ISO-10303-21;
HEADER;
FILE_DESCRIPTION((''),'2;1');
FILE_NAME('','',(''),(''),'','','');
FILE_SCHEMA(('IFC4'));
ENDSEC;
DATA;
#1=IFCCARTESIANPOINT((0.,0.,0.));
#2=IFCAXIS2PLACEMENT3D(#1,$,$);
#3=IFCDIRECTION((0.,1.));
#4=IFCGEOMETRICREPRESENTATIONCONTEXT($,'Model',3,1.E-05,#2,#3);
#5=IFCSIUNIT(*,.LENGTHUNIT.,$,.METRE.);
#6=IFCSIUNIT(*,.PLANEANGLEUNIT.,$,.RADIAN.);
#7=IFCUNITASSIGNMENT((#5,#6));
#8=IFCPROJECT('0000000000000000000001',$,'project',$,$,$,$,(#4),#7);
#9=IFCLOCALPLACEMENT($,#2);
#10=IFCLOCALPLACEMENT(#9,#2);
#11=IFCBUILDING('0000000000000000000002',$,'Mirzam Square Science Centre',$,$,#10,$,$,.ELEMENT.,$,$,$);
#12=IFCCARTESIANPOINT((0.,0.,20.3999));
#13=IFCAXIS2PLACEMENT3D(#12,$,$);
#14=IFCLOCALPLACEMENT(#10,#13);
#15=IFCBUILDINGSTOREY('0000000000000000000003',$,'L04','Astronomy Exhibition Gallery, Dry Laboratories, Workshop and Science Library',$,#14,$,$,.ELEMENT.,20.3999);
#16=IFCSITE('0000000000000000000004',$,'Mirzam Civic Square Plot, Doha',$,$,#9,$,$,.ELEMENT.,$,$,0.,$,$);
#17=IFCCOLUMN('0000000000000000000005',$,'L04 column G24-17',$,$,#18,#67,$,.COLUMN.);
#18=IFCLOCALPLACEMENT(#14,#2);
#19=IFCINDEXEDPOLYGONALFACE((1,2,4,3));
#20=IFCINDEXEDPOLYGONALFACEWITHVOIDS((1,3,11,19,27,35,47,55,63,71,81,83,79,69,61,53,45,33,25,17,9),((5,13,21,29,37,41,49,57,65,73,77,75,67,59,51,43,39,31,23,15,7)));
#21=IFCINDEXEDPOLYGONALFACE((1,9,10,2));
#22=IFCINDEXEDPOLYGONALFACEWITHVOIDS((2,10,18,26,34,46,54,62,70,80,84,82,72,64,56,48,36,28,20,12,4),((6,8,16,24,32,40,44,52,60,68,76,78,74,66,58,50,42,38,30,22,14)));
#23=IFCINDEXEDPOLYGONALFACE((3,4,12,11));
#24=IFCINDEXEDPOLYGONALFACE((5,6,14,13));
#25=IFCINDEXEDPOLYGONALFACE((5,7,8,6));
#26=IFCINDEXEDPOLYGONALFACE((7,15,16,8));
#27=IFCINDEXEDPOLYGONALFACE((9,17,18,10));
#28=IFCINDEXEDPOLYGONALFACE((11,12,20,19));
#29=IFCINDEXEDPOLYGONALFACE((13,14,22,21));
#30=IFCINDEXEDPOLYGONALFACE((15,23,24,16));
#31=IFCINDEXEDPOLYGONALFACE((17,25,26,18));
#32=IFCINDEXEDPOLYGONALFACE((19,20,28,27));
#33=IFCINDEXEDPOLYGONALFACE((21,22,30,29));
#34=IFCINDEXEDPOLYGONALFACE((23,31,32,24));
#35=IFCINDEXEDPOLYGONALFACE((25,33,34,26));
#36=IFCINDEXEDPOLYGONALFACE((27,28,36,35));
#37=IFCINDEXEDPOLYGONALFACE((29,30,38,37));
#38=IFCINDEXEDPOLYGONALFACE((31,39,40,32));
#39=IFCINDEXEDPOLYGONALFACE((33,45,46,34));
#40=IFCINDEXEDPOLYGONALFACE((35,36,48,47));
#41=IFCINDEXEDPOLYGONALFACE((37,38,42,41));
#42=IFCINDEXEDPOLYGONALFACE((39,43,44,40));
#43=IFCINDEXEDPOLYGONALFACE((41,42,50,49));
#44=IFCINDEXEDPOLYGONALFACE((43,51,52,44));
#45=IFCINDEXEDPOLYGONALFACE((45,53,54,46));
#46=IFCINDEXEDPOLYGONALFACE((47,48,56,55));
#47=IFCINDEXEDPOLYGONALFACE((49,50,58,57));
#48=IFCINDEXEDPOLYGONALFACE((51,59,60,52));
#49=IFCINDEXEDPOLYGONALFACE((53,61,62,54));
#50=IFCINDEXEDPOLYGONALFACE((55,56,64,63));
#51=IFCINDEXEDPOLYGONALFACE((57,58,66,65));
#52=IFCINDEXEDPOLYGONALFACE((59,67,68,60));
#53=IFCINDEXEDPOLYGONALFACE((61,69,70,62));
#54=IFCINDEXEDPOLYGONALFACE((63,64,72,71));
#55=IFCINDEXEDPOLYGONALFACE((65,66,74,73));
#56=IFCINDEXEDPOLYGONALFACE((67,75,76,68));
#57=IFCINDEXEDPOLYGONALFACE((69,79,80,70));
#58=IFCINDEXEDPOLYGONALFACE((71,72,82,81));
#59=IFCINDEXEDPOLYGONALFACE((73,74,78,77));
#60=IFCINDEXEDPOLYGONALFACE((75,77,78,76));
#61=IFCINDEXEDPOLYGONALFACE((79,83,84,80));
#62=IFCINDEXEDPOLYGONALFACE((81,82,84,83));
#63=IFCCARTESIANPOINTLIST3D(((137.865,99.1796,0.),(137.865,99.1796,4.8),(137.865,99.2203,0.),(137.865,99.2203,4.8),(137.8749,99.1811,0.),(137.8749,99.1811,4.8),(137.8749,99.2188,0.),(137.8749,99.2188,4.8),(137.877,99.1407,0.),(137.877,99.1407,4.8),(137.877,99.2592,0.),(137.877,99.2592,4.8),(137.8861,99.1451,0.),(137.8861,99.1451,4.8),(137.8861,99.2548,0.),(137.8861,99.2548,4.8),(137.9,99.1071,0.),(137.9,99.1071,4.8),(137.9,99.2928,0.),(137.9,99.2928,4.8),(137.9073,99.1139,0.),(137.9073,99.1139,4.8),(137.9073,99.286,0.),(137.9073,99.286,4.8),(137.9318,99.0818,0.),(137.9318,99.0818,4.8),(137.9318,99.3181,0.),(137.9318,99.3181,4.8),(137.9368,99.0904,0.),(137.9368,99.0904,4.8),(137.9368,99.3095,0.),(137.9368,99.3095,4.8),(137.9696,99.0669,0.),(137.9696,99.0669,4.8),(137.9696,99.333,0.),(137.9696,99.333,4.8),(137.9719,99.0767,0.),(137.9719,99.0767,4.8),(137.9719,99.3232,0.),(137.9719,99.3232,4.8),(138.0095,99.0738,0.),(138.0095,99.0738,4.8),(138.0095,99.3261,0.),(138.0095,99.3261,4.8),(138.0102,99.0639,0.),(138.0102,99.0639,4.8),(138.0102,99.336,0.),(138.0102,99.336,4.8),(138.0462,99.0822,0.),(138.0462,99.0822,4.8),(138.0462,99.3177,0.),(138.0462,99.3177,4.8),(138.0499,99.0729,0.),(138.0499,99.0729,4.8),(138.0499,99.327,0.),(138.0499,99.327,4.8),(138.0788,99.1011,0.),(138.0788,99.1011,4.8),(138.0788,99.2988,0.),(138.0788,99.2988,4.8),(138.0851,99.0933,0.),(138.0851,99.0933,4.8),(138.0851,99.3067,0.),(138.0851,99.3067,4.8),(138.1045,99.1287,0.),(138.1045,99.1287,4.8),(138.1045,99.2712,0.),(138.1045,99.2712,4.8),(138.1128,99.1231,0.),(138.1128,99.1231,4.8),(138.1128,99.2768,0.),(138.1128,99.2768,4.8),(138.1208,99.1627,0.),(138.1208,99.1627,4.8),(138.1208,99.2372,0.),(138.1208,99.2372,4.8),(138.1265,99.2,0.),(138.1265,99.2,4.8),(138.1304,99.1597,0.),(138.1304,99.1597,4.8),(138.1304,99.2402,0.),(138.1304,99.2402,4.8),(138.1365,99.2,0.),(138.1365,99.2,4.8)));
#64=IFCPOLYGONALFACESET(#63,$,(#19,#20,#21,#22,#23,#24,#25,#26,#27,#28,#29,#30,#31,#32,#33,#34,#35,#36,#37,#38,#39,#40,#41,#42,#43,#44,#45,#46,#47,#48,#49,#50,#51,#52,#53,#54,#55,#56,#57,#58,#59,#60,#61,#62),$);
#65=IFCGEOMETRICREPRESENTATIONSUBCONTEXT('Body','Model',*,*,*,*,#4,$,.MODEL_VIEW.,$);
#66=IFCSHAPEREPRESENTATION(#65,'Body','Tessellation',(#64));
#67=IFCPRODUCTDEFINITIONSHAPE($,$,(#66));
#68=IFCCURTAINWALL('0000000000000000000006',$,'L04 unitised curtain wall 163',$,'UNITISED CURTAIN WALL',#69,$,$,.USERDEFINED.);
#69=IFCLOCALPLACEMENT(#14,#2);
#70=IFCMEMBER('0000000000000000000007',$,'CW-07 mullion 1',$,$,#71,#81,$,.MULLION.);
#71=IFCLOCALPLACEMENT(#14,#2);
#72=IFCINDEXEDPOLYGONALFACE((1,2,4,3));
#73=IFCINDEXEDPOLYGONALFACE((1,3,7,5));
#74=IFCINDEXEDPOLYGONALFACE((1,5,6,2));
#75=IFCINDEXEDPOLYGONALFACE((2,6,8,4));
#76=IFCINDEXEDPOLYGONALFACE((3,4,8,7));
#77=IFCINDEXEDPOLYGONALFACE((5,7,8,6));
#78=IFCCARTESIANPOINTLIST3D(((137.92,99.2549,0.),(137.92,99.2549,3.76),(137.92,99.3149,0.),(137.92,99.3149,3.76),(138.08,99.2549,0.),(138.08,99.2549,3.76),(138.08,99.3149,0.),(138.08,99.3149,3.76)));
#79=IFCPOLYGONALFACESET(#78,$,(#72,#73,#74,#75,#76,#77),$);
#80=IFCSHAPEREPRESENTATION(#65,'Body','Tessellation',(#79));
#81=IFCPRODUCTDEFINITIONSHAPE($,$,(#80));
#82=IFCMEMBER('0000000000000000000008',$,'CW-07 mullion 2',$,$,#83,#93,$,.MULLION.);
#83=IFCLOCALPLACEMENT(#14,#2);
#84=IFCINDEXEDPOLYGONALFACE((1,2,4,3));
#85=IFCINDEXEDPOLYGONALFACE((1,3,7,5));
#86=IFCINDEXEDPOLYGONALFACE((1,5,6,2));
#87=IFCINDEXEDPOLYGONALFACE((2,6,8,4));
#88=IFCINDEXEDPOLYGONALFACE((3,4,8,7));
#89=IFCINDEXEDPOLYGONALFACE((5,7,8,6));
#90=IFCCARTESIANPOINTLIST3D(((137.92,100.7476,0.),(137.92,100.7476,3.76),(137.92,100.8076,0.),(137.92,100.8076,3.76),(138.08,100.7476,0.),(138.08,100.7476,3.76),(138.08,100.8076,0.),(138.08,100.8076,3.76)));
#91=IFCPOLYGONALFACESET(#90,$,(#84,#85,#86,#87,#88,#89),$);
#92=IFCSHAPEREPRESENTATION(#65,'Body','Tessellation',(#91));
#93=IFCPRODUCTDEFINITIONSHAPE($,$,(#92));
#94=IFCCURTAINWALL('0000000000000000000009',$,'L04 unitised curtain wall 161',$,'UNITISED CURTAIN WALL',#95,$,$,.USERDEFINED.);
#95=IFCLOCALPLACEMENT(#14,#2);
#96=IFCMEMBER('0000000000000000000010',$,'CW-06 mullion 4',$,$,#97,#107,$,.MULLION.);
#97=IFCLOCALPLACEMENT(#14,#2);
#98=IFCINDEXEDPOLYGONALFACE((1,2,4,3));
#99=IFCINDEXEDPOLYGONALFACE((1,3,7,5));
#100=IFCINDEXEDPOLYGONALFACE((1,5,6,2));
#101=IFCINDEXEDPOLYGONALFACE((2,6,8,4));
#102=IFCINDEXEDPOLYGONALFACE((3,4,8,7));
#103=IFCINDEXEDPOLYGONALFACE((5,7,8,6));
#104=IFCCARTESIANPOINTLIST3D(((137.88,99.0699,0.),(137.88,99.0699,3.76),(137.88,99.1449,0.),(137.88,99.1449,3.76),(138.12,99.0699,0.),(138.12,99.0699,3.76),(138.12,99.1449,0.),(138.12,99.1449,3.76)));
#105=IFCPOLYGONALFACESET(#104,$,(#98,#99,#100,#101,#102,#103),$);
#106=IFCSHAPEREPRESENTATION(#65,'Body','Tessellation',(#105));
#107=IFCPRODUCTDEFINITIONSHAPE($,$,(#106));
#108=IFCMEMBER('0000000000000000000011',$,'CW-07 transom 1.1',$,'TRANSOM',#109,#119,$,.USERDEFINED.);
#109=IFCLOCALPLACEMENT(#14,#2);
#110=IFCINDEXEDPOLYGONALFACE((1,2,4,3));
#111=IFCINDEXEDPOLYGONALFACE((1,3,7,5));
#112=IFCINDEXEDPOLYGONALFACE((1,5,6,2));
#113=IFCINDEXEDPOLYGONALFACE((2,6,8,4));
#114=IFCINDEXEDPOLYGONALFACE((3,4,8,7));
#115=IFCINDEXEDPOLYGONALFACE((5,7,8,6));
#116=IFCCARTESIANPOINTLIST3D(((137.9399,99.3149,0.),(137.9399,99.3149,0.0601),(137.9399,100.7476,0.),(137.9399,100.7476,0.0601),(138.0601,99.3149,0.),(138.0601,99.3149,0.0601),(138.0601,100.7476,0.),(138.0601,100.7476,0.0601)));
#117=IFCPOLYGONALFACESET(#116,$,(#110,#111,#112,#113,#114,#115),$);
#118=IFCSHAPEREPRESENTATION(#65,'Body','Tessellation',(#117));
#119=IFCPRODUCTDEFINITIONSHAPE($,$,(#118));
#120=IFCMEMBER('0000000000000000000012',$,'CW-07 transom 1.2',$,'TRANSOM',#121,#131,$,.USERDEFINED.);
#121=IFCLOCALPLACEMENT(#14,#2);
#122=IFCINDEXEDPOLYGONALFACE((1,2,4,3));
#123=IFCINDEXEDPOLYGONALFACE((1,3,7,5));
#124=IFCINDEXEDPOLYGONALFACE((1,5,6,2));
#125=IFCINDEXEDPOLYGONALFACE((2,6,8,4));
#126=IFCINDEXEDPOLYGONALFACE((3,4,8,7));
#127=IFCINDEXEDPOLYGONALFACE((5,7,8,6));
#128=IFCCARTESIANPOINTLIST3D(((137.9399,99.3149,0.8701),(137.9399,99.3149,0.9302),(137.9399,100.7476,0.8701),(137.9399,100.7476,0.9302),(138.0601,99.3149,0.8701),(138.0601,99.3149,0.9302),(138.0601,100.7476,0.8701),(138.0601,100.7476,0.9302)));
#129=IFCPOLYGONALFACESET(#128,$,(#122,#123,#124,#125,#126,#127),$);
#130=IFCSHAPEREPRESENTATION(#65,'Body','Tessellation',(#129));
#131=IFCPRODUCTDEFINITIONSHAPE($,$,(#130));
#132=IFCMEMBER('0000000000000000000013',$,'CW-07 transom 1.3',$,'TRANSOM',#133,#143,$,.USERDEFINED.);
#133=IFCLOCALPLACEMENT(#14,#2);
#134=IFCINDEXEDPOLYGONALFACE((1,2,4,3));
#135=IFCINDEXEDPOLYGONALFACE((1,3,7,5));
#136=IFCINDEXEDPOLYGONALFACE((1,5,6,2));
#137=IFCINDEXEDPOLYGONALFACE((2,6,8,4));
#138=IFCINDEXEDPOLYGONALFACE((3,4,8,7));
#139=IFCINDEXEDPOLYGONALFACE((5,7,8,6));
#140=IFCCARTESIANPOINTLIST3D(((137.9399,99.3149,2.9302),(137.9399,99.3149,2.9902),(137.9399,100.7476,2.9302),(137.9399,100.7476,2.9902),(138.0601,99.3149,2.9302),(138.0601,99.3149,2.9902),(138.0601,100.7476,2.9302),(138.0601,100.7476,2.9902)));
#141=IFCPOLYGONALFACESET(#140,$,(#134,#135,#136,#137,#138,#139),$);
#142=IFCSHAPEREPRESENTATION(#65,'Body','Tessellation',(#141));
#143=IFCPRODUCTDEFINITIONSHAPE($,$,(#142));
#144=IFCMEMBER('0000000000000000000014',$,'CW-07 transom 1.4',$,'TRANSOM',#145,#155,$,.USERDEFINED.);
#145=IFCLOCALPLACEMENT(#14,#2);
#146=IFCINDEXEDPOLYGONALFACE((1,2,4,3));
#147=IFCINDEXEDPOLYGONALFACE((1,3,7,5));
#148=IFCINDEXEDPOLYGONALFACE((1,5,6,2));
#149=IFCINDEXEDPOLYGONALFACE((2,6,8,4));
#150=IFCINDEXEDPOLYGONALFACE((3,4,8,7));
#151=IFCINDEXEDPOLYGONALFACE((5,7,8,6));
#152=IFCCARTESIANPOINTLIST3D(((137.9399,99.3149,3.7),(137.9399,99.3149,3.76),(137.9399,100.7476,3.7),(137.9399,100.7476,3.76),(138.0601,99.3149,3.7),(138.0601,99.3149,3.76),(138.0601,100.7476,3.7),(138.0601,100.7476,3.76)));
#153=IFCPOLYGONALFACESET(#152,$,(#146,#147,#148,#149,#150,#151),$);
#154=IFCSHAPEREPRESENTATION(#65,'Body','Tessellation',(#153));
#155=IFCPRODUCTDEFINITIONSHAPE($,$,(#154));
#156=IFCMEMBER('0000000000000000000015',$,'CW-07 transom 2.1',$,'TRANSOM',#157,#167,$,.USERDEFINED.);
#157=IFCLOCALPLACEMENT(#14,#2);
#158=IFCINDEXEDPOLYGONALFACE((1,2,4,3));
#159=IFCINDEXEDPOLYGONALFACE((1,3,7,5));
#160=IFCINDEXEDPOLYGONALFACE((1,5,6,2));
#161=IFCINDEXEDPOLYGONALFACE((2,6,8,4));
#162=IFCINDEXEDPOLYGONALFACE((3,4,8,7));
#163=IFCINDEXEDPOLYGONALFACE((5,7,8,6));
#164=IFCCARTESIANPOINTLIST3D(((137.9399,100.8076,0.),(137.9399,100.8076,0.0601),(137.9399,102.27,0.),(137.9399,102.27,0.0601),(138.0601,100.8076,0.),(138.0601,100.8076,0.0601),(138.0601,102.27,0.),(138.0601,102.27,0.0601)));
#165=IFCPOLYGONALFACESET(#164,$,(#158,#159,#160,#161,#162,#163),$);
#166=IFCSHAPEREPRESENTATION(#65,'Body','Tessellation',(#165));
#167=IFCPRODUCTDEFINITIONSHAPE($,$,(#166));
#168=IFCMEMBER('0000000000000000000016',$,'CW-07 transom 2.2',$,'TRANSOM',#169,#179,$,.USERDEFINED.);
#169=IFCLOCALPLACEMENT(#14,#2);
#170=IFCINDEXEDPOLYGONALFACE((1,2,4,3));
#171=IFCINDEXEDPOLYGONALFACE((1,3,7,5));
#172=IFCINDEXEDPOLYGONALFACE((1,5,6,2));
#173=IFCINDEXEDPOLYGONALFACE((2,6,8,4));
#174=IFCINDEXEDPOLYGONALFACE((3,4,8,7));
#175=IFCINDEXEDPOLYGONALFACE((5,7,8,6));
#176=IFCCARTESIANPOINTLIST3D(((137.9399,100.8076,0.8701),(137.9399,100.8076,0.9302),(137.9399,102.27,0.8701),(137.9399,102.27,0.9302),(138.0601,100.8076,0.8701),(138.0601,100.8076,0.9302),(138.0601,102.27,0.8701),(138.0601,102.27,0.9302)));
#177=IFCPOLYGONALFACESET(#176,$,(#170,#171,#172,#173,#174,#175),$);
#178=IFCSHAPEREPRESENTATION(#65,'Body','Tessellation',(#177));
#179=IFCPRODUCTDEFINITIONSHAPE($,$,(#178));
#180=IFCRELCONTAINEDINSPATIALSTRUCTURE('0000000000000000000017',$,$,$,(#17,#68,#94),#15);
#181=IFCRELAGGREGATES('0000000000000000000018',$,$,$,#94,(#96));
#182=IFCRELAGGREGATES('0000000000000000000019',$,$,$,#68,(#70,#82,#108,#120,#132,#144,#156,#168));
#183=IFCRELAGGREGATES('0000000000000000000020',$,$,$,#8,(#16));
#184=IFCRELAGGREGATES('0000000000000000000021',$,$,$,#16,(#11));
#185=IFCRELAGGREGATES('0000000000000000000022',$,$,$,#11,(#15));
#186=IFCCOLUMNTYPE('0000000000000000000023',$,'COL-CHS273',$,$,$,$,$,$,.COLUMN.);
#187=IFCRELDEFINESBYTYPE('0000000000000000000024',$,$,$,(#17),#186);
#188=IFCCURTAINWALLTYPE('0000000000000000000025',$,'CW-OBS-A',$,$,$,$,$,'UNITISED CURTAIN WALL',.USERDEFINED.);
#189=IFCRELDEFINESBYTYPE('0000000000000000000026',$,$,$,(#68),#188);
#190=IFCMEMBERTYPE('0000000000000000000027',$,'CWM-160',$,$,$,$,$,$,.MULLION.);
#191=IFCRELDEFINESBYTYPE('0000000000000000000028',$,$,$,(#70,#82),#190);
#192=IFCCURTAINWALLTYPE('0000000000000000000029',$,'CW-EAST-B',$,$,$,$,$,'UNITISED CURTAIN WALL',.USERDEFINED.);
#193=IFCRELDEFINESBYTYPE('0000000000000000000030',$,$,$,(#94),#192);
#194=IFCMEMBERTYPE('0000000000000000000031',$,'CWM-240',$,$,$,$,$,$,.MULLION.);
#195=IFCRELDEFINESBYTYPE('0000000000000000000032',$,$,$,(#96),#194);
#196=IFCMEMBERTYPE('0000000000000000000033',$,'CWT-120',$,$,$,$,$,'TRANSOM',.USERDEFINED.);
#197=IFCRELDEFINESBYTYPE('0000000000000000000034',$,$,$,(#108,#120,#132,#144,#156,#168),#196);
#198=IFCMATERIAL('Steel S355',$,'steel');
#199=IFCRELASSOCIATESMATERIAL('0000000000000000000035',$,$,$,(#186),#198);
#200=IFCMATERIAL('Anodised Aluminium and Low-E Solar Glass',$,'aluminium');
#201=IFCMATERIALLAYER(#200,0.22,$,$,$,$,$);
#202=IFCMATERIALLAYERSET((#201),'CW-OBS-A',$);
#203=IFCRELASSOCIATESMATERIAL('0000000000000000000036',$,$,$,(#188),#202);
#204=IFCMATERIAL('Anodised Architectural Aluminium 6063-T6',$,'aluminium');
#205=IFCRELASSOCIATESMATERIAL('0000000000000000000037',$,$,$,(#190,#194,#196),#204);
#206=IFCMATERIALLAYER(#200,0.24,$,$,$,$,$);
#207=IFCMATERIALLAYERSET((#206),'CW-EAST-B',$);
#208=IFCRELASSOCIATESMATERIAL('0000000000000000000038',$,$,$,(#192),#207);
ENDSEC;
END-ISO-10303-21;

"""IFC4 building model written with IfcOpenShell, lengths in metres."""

from ifc_helpers import new_model, si_unit, direction, frame, origin, origin_2d, place, context, subcontext, project, spatial, rectangle, hollow_circle, extrude, material, layer, layer_set, material_profile, profile_set, type_object, element, aggregate, save


model = new_model("IFC4")

# Units and contexts
model_context = context("Model", 3, precision=1e-05, world=origin(), true_north=direction((0.0, 1.0)))
body_context = subcontext(model_context, "Body", "Model", "MODEL_VIEW")
ifc_project = project(units=[si_unit("LENGTHUNIT", "METRE"), si_unit("PLANEANGLEUNIT", "RADIAN")], contexts=[model_context])

# Site, building, storey
site_placement = place(None, origin())
site = spatial("IfcSite", under=ifc_project, at=site_placement, Name="Mirzam Civic Square Plot, Doha", CompositionType="ELEMENT", RefElevation=0.0)
building_placement = place(site_placement, origin())
building = spatial("IfcBuilding", under=site, at=building_placement, Name="Mirzam Square Science Centre", CompositionType="ELEMENT")
storey_placement = place(building_placement, frame((0.0, 0.0, 20.3999)))
storey = spatial("IfcBuildingStorey", under=building, at=storey_placement, Name="L04", Description="Astronomy Exhibition Gallery, Dry Laboratories, Workshop and Science Library", CompositionType="ELEMENT", Elevation=20.3999)

# Column
ifc_material_1 = material(Name="Steel S355", Category="steel")
ifc_material_profile_1 = material_profile(ifc_material_1, hollow_circle(Radius=0.1365, WallThickness=0.01, at=origin_2d()), Name="273.0x10.0CHS")
ifc_profile_set_1 = profile_set([ifc_material_profile_1], Name="Steel S355")
column_type = type_object("IfcColumnType", Name="COL-CHS273", PredefinedType="COLUMN", material=ifc_profile_set_1)
column_placement = place(storey_placement, frame((138.0, 99.2, 0.0), z_axis=(0.0, 0.0, 1.0), x_axis=(1.0, 0.0, 0.0)))
element("IfcColumn", 1, at=column_placement, inside=storey, type_object=column_type, Name="L04 column G24-17", PredefinedType="COLUMN", context=body_context, shape_type="SweptSolid", body=[
    extrude(hollow_circle(Radius=0.1365, WallThickness=0.01, at=origin_2d()), origin(), (0.0, 0.0, 1.0), 4.8),
])

# Curtain wall, members
ifc_material_2 = material(Name="Anodised Aluminium and Low-E Solar Glass", Category="aluminium")
ifc_layer_1 = layer(ifc_material_2, 0.22)
ifc_layer_set_1 = layer_set([ifc_layer_1], Name="CW-OBS-A")
curtain_wall_type_1 = type_object("IfcCurtainWallType", Name="CW-OBS-A", ElementType="UNITISED CURTAIN WALL", PredefinedType="USERDEFINED", material=ifc_layer_set_1)
curtain_wall_1_placement = place(storey_placement, origin())
curtain_wall_1 = element("IfcCurtainWall", 2, at=curtain_wall_1_placement, inside=storey, type_object=curtain_wall_type_1, Name="L04 unitised curtain wall 163", ObjectType="UNITISED CURTAIN WALL", PredefinedType="USERDEFINED")
ifc_material_3 = material(Name="Anodised Architectural Aluminium 6063-T6", Category="aluminium")
ifc_material_profile_2 = material_profile(ifc_material_3, rectangle(XDim=0.0601, YDim=0.1599, at=origin_2d()), Name="ALU-MULL-160x60x4")
ifc_profile_set_2 = profile_set([ifc_material_profile_2], Name="Anodised Architectural Aluminium 6063-T6")
member_type_1 = type_object("IfcMemberType", Name="CWM-160", PredefinedType="MULLION", material=ifc_profile_set_2)
member_1_placement = place(storey_placement, frame((138.0, 99.2849, 0.0), z_axis=(0.0, 0.0, 1.0), x_axis=(0.0, 1.0, 0.0)))
member_1 = element("IfcMember", 3, at=member_1_placement, type_object=member_type_1, Name="CW-07 mullion 1", PredefinedType="MULLION", context=body_context, shape_type="SweptSolid", body=[
    extrude(rectangle(XDim=0.0601, YDim=0.1599, at=origin_2d()), origin(), (0.0, 0.0, 1.0), 3.76),
])
member_2_placement = place(storey_placement, frame((138.0, 100.7776, 0.0), z_axis=(0.0, 0.0, 1.0), x_axis=(0.0, 1.0, 0.0)))
member_2 = element("IfcMember", 4, at=member_2_placement, type_object=member_type_1, Name="CW-07 mullion 2", PredefinedType="MULLION", context=body_context, shape_type="SweptSolid", body=[
    extrude(rectangle(XDim=0.0601, YDim=0.1599, at=origin_2d()), origin(), (0.0, 0.0, 1.0), 3.76),
])

# Curtain wall, member
ifc_layer_2 = layer(ifc_material_2, 0.24)
ifc_layer_set_2 = layer_set([ifc_layer_2], Name="CW-EAST-B")
curtain_wall_type_2 = type_object("IfcCurtainWallType", Name="CW-EAST-B", ElementType="UNITISED CURTAIN WALL", PredefinedType="USERDEFINED", material=ifc_layer_set_2)
curtain_wall_2_placement = place(storey_placement, origin())
curtain_wall_2 = element("IfcCurtainWall", 5, at=curtain_wall_2_placement, inside=storey, type_object=curtain_wall_type_2, Name="L04 unitised curtain wall 161", ObjectType="UNITISED CURTAIN WALL", PredefinedType="USERDEFINED")
ifc_material_profile_3 = material_profile(ifc_material_3, rectangle(XDim=0.075, YDim=0.24, at=origin_2d()), Name="ALU-MULL-240x75x5")
ifc_profile_set_3 = profile_set([ifc_material_profile_3], Name="Anodised Architectural Aluminium 6063-T6")
member_type_2 = type_object("IfcMemberType", Name="CWM-240", PredefinedType="MULLION", material=ifc_profile_set_3)
member_3_placement = place(storey_placement, frame((138.0, 99.1074, 0.0), z_axis=(0.0, 0.0, 1.0), x_axis=(0.0, 1.0, 0.0)))
member_3 = element("IfcMember", 6, at=member_3_placement, type_object=member_type_2, Name="CW-06 mullion 4", PredefinedType="MULLION", context=body_context, shape_type="SweptSolid", body=[
    extrude(rectangle(XDim=0.075, YDim=0.24, at=origin_2d()), origin(), (0.0, 0.0, 1.0), 3.76),
])
aggregate(curtain_wall_2, [member_3])

# Members
ifc_material_profile_4 = material_profile(ifc_material_3, rectangle(XDim=0.1201, YDim=0.0601, at=origin_2d()), Name="ALU-TRAN-120x60x4")
ifc_profile_set_4 = profile_set([ifc_material_profile_4], Name="Anodised Architectural Aluminium 6063-T6")
member_type_3 = type_object("IfcMemberType", Name="CWT-120", ElementType="TRANSOM", PredefinedType="USERDEFINED", material=ifc_profile_set_4)
member_4_placement = place(storey_placement, frame((138.0, 99.3149, 0.03), z_axis=(0.0, 1.0, 0.0), x_axis=(-1.0, 0.0, 0.0)))
member_4 = element("IfcMember", 7, at=member_4_placement, type_object=member_type_3, Name="CW-07 transom 1.1", ObjectType="TRANSOM", PredefinedType="USERDEFINED", context=body_context, shape_type="SweptSolid", body=[
    extrude(rectangle(XDim=0.1201, YDim=0.0601, at=origin_2d()), origin(), (0.0, 0.0, 1.0), 1.4326),
])
member_5_placement = place(storey_placement, frame((138.0, 99.3149, 0.9001), z_axis=(0.0, 1.0, 0.0), x_axis=(-1.0, 0.0, 0.0)))
member_5 = element("IfcMember", 8, at=member_5_placement, type_object=member_type_3, Name="CW-07 transom 1.2", ObjectType="TRANSOM", PredefinedType="USERDEFINED", context=body_context, shape_type="SweptSolid", body=[
    extrude(rectangle(XDim=0.1201, YDim=0.0601, at=origin_2d()), origin(), (0.0, 0.0, 1.0), 1.4326),
])
member_6_placement = place(storey_placement, frame((138.0, 99.3149, 2.9602), z_axis=(0.0, 1.0, 0.0), x_axis=(-1.0, 0.0, 0.0)))
member_6 = element("IfcMember", 9, at=member_6_placement, type_object=member_type_3, Name="CW-07 transom 1.3", ObjectType="TRANSOM", PredefinedType="USERDEFINED", context=body_context, shape_type="SweptSolid", body=[
    extrude(rectangle(XDim=0.1201, YDim=0.0601, at=origin_2d()), origin(), (0.0, 0.0, 1.0), 1.4326),
])
member_7_placement = place(storey_placement, frame((138.0, 99.3149, 3.73), z_axis=(0.0, 1.0, 0.0), x_axis=(-1.0, 0.0, 0.0)))
member_7 = element("IfcMember", 10, at=member_7_placement, type_object=member_type_3, Name="CW-07 transom 1.4", ObjectType="TRANSOM", PredefinedType="USERDEFINED", context=body_context, shape_type="SweptSolid", body=[
    extrude(rectangle(XDim=0.1201, YDim=0.0601, at=origin_2d()), origin(), (0.0, 0.0, 1.0), 1.4326),
])
member_8_placement = place(storey_placement, frame((138.0, 100.8076, 0.03), z_axis=(0.0, 1.0, 0.0), x_axis=(-1.0, 0.0, 0.0)))
member_8 = element("IfcMember", 11, at=member_8_placement, type_object=member_type_3, Name="CW-07 transom 2.1", ObjectType="TRANSOM", PredefinedType="USERDEFINED", context=body_context, shape_type="SweptSolid", body=[
    extrude(rectangle(XDim=0.1201, YDim=0.0601, at=origin_2d()), origin(), (0.0, 0.0, 1.0), 1.4624),
])
member_9_placement = place(storey_placement, frame((138.0, 100.8076, 0.9001), z_axis=(0.0, 1.0, 0.0), x_axis=(-1.0, 0.0, 0.0)))
member_9 = element("IfcMember", 12, at=member_9_placement, type_object=member_type_3, Name="CW-07 transom 2.2", ObjectType="TRANSOM", PredefinedType="USERDEFINED", context=body_context, shape_type="SweptSolid", body=[
    extrude(rectangle(XDim=0.1201, YDim=0.0601, at=origin_2d()), origin(), (0.0, 0.0, 1.0), 1.4624),
])

aggregate(curtain_wall_1, [member_1, member_2, member_4, member_5, member_6, member_7, member_8, member_9])

save(model, "model.ifc")
